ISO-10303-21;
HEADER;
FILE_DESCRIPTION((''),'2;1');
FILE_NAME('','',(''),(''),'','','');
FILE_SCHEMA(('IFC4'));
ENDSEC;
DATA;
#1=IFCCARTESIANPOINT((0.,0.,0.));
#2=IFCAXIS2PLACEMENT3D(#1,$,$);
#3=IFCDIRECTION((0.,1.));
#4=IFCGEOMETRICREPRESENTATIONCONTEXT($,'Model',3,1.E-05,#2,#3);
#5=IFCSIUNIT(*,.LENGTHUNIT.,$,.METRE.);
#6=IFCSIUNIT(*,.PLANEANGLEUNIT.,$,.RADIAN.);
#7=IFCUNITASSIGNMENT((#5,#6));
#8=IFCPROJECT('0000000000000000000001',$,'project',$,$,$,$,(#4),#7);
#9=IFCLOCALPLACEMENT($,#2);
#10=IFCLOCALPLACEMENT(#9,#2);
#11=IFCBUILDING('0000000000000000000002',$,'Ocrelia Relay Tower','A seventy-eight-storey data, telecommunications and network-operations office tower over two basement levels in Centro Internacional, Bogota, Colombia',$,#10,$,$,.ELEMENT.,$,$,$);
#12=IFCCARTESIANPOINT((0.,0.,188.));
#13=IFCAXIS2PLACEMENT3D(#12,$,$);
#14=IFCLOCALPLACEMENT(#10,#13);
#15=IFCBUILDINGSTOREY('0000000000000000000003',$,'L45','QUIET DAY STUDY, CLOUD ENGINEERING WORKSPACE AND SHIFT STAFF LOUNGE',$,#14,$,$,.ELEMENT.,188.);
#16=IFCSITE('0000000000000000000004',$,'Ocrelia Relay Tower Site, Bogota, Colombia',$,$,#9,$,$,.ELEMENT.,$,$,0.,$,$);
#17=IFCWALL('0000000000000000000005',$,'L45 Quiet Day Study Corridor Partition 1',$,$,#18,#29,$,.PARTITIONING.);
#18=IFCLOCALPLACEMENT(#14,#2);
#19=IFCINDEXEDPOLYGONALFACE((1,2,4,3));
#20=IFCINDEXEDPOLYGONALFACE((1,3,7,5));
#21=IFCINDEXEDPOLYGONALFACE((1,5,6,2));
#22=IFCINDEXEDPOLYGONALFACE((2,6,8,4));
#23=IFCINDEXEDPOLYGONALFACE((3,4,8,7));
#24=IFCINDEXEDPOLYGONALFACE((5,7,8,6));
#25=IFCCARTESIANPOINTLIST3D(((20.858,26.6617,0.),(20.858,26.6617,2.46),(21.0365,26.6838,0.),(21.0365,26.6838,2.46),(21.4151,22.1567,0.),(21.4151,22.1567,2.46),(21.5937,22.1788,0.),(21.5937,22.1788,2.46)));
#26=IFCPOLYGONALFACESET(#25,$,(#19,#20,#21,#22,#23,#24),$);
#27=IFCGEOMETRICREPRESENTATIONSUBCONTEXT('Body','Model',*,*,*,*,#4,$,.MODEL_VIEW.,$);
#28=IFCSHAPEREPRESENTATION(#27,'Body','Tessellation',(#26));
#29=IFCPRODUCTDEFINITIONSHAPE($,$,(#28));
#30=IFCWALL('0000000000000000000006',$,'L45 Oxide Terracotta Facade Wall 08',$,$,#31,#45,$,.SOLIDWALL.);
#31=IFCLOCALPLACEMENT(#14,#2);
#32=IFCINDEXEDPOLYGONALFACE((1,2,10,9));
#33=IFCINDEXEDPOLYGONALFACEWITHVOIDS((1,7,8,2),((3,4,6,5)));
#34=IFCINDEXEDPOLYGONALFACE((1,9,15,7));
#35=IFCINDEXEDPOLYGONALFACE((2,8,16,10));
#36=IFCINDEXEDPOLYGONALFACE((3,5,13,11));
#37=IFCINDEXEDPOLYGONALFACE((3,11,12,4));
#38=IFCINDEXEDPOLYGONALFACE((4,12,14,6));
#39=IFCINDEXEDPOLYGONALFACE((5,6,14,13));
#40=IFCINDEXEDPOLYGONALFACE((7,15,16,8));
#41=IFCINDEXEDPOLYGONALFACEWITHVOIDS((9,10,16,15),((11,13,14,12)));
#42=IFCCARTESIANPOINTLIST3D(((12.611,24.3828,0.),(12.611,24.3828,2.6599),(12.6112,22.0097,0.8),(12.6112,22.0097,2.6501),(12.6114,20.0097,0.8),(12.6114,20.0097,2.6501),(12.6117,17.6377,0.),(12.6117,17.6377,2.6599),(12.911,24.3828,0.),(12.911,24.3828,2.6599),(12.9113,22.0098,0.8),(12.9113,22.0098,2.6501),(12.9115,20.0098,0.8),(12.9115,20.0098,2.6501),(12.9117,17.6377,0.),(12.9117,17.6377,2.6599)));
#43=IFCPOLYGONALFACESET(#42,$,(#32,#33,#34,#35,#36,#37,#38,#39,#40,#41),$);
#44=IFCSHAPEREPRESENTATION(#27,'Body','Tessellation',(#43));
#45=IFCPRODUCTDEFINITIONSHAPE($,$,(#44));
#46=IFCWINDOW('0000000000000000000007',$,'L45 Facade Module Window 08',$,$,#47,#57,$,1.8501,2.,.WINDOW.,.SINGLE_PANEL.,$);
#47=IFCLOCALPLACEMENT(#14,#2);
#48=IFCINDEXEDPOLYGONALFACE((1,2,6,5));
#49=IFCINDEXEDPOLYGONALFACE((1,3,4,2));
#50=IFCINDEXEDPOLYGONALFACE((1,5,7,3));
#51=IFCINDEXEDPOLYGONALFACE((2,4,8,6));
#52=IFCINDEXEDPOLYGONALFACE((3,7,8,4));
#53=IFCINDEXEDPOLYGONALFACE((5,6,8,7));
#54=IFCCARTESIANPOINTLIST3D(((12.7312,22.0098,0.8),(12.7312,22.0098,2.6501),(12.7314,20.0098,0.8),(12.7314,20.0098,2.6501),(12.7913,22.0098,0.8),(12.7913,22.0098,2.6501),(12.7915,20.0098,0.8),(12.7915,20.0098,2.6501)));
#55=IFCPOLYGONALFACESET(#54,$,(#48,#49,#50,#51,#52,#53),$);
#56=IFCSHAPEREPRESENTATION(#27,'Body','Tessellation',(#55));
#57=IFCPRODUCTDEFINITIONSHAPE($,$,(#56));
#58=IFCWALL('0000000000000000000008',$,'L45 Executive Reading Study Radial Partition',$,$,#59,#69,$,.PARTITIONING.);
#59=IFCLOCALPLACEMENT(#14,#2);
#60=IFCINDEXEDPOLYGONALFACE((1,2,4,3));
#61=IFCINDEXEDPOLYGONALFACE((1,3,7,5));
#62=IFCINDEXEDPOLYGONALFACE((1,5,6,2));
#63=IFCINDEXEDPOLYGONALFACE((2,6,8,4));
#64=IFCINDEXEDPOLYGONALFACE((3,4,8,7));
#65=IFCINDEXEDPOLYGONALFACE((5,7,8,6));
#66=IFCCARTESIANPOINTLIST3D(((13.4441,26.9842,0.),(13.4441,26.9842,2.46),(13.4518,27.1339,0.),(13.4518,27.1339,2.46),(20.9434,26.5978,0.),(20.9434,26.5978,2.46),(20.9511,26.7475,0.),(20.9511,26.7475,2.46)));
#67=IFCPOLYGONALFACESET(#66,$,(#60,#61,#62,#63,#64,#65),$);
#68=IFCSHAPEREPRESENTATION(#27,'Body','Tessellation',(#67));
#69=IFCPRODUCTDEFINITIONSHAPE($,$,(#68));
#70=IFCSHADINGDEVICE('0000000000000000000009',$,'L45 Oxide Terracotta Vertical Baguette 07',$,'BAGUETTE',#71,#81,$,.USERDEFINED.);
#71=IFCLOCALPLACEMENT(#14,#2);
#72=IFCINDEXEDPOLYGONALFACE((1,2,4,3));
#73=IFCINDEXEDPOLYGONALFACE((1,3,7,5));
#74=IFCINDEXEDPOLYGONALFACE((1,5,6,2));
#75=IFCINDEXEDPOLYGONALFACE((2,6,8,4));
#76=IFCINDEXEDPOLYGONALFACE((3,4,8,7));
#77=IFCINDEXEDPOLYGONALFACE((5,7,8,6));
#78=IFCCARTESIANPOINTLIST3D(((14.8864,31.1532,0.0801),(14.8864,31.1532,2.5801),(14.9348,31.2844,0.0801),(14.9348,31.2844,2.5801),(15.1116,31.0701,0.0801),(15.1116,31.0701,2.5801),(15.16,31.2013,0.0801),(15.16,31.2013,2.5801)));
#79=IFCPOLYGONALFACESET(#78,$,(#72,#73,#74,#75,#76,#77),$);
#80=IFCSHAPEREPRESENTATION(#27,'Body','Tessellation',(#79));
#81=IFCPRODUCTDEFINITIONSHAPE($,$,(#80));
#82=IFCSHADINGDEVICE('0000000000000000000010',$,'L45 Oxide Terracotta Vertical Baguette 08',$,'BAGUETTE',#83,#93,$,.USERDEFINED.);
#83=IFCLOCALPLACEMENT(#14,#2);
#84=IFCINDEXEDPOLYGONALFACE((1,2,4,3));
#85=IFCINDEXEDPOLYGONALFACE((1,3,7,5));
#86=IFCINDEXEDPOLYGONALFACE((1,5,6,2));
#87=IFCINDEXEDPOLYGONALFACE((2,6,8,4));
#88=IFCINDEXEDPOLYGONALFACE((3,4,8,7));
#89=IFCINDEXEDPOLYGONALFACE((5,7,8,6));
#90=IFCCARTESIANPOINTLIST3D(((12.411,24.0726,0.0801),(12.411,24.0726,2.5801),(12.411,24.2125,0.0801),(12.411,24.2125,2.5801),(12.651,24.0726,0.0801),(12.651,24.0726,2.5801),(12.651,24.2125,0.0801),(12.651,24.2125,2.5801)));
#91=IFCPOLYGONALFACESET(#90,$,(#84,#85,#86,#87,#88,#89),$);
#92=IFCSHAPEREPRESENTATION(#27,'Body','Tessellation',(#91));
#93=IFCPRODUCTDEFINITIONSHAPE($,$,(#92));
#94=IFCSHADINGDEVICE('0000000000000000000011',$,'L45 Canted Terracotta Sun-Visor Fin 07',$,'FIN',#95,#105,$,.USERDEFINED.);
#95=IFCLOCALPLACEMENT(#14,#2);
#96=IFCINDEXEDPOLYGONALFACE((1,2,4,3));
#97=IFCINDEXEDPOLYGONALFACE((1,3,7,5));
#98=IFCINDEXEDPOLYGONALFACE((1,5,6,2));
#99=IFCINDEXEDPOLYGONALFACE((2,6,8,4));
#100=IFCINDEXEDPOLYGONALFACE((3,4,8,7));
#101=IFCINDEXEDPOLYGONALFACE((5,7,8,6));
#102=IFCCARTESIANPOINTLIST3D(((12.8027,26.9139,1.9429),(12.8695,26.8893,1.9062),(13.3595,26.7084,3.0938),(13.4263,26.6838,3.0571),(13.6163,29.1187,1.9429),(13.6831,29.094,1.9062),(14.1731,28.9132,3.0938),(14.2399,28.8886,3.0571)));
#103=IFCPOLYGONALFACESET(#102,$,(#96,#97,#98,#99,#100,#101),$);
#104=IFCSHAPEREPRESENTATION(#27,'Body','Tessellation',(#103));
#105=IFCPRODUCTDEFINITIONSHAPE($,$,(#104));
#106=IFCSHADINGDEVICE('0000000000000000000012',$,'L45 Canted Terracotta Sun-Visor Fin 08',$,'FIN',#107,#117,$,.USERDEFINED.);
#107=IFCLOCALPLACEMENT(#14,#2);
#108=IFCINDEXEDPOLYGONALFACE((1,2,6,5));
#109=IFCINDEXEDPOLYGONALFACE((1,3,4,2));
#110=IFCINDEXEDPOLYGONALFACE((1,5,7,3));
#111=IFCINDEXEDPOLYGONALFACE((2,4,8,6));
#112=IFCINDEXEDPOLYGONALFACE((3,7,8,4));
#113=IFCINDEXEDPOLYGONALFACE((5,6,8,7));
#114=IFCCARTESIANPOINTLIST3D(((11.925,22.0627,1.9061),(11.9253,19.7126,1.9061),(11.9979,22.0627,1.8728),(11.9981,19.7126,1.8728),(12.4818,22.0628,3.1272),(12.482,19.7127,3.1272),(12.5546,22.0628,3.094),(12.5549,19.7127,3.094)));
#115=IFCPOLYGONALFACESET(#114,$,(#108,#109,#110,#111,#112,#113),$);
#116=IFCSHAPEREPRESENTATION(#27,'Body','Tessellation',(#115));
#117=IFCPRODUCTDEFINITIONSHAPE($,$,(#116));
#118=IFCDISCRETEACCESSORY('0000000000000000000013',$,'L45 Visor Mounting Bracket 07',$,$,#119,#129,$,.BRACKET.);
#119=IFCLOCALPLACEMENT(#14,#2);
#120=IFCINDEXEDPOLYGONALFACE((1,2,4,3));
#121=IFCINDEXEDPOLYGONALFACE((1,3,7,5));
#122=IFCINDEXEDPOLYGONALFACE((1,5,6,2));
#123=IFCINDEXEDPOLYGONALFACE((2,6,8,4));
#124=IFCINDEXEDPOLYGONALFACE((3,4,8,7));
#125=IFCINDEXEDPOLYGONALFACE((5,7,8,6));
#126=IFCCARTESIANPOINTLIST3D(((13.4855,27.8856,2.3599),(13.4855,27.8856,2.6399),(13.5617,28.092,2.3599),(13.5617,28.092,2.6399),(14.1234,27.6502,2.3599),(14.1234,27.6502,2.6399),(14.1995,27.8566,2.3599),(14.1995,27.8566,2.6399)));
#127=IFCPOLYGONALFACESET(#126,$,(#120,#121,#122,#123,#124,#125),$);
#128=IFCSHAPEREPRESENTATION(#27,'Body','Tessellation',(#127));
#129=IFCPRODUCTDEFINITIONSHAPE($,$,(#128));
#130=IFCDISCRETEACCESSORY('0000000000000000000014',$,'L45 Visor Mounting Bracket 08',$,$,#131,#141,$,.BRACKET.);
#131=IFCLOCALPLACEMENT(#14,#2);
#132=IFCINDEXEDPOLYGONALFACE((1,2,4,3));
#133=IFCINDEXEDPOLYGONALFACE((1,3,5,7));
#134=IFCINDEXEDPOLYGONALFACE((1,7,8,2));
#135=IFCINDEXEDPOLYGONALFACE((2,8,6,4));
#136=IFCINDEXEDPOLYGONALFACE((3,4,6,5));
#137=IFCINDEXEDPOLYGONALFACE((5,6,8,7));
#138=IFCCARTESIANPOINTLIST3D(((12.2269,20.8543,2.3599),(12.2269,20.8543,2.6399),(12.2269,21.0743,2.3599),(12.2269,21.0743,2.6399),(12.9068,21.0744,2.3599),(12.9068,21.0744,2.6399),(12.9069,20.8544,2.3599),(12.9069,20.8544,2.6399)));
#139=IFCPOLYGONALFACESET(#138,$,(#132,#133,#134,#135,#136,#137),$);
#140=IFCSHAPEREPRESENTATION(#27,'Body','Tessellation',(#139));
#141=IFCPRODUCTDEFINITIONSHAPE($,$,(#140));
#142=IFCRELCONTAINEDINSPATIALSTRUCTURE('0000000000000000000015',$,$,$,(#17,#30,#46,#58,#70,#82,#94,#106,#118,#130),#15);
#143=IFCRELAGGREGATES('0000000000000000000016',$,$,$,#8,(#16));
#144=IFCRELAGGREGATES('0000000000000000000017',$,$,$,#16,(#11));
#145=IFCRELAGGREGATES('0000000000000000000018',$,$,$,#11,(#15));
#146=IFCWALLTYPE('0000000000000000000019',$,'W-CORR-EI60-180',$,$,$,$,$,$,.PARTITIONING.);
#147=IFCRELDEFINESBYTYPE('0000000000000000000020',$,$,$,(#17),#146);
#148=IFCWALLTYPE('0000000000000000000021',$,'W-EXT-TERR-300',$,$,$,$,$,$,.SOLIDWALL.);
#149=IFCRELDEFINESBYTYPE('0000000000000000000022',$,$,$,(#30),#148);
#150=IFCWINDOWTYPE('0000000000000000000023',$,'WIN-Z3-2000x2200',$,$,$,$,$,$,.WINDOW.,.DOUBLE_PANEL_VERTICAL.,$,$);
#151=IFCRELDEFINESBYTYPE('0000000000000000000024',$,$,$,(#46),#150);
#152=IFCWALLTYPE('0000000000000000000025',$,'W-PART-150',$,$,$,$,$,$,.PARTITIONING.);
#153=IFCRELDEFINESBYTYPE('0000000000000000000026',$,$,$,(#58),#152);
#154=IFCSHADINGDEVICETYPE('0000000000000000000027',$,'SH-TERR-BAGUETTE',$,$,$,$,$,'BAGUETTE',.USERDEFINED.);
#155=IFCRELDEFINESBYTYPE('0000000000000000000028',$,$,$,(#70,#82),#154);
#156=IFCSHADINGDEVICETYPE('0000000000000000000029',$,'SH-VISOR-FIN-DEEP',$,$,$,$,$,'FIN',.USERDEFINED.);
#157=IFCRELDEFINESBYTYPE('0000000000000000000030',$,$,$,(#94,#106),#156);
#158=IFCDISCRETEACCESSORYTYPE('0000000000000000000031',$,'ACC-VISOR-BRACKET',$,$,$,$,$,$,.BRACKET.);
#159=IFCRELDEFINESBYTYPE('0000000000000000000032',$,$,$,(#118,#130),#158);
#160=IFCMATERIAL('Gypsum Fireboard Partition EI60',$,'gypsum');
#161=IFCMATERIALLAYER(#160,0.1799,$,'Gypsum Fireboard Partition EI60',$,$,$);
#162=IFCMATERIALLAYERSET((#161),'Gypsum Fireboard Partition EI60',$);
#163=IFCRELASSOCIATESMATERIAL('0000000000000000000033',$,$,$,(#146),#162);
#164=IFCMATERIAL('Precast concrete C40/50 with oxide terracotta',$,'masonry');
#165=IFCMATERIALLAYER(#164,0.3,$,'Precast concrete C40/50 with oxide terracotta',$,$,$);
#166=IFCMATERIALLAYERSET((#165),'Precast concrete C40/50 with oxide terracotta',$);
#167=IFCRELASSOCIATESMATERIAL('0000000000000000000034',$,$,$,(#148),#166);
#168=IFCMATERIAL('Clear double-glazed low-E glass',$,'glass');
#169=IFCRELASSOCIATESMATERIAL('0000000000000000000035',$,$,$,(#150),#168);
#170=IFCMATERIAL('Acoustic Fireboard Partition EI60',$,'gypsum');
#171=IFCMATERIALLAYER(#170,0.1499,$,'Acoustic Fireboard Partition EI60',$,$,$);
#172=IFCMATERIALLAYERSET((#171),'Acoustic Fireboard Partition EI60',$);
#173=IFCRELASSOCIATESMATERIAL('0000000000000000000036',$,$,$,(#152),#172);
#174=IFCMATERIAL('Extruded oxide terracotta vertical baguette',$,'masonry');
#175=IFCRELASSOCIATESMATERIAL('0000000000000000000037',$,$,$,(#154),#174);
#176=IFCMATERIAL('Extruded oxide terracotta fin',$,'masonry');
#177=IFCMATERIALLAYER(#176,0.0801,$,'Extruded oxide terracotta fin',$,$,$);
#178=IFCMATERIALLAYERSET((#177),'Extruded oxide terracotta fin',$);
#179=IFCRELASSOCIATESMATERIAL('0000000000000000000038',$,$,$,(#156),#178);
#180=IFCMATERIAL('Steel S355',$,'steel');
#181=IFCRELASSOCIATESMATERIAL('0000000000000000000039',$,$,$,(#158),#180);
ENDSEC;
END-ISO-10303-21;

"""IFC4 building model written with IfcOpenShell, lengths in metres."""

from ifc_helpers import new_model, si_unit, direction, frame, frame_2d, origin, origin_2d, place, context, subcontext, project, spatial, rectangle, extrude, material, layer, layer_set, type_object, element, fill, save


model = new_model("IFC4")

# Units and contexts
model_context = context("Model", 3, precision=1e-05, world=origin(), true_north=direction((0.0, 1.0)))
body_context = subcontext(model_context, "Body", "Model", "MODEL_VIEW")
ifc_project = project(units=[si_unit("LENGTHUNIT", "METRE"), si_unit("PLANEANGLEUNIT", "RADIAN")], contexts=[model_context])

# Site, building, storey
site_placement = place(None, origin())
site = spatial("IfcSite", under=ifc_project, at=site_placement, Name="Ocrelia Relay Tower Site, Bogota, Colombia", CompositionType="ELEMENT", RefElevation=0.0)
building_placement = place(site_placement, origin())
building = spatial("IfcBuilding", under=site, at=building_placement, Name="Ocrelia Relay Tower", Description="A seventy-eight-storey data, telecommunications and network-operations office tower over two basement levels in Centro Internacional, Bogota, Colombia", CompositionType="ELEMENT")
storey_placement = place(building_placement, frame((0.0, 0.0, 188.0)))
storey = spatial("IfcBuildingStorey", under=building, at=storey_placement, Name="L45", Description="QUIET DAY STUDY, CLOUD ENGINEERING WORKSPACE AND SHIFT STAFF LOUNGE", CompositionType="ELEMENT", Elevation=188.0)

# Shared definitions
ifc_material_1 = material(Name="Steel S355", Category="steel")

# Wall
ifc_material_2 = material(Name="Gypsum Fireboard Partition EI60", Category="gypsum")
ifc_layer_1 = layer(ifc_material_2, 0.1799, Name="Gypsum Fireboard Partition EI60")
ifc_layer_set_1 = layer_set([ifc_layer_1], Name="Gypsum Fireboard Partition EI60")
wall_type_1 = type_object("IfcWallType", Name="W-CORR-EI60-180", PredefinedType="PARTITIONING", material=ifc_layer_set_1)
wall_1_placement = place(storey_placement, frame((20.9473, 26.6726, 0.0), z_axis=(0.0, 0.0, 1.0), x_axis=(0.122737, -0.992439, 0.0)))
element("IfcWall", 1, at=wall_1_placement, inside=storey, type_object=wall_type_1, Name="L45 Quiet Day Study Corridor Partition 1", PredefinedType="PARTITIONING", context=body_context, shape_type="SweptSolid", body=[
    extrude(rectangle(XDim=4.5393, YDim=0.1799, at=frame_2d((2.2695, 0.0))), origin(), (0.0, 0.0, 1.0), 2.46),
])

# Wall, opening, window
ifc_material_3 = material(Name="Precast concrete C40/50 with oxide terracotta", Category="masonry")
ifc_layer_2 = layer(ifc_material_3, 0.3, Name="Precast concrete C40/50 with oxide terracotta")
ifc_layer_set_2 = layer_set([ifc_layer_2], Name="Precast concrete C40/50 with oxide terracotta")
wall_type_2 = type_object("IfcWallType", Name="W-EXT-TERR-300", PredefinedType="SOLIDWALL", material=ifc_layer_set_2)
wall_2_placement = place(storey_placement, frame((12.761, 24.3828, 0.0), z_axis=(0.0, 0.0, 1.0), x_axis=(0.000109, -1.0, 0.0)))
wall_2 = element("IfcWall", 2, at=wall_2_placement, inside=storey, type_object=wall_type_2, Name="L45 Oxide Terracotta Facade Wall 08", PredefinedType="SOLIDWALL", context=body_context, shape_type="SweptSolid", body=[
    extrude(rectangle(XDim=6.7451, YDim=0.3, at=frame_2d((3.3726, 0.0))), origin(), (0.0, 0.0, 1.0), 2.6599),
])
opening_1_placement = place(wall_2_placement, frame((2.373, 0.0, 0.8)))
opening_1 = element("IfcOpeningElement", 3, at=opening_1_placement, cuts=wall_2, PredefinedType="OPENING", context=body_context, shape_type="SweptSolid", body=[
    extrude(rectangle(XDim=2.0, YDim=1.8501, at=frame_2d((1.0, 0.925))), frame((0.0, 0.1602, 0.0), z_axis=(0.0, -1.0, 0.0), x_axis=(1.0, 0.0, 0.0)), (0.0, 0.0, 1.0), 0.3201),
])
ifc_material_4 = material(Name="Clear double-glazed low-E glass", Category="glass")
window_type = type_object("IfcWindowType", Name="WIN-Z3-2000x2200", PartitioningType="DOUBLE_PANEL_VERTICAL", PredefinedType="WINDOW", material=ifc_material_4)
window_placement = place(opening_1_placement, origin())
window = element("IfcWindow", 4, at=window_placement, inside=storey, type_object=window_type, Name="L45 Facade Module Window 08", OverallHeight=1.8501, OverallWidth=2.0, PartitioningType="SINGLE_PANEL", PredefinedType="WINDOW", context=body_context, shape_type="SweptSolid", body=[
    extrude(rectangle(XDim=2.0, YDim=1.8501, at=frame_2d((1.0, 0.925))), frame((0.0, 0.03, 0.0), z_axis=(0.0, -1.0, 0.0), x_axis=(1.0, 0.0, 0.0)), (0.0, 0.0, 1.0), 0.0601),
])
fill(opening_1, window)

# Wall
ifc_material_5 = material(Name="Acoustic Fireboard Partition EI60", Category="gypsum")
ifc_layer_3 = layer(ifc_material_5, 0.1499, Name="Acoustic Fireboard Partition EI60")
ifc_layer_set_3 = layer_set([ifc_layer_3], Name="Acoustic Fireboard Partition EI60")
wall_type_3 = type_object("IfcWallType", Name="W-PART-150", PredefinedType="PARTITIONING", material=ifc_layer_set_3)
wall_3_placement = place(storey_placement, frame((20.9473, 26.6726, 0.0), z_axis=(0.0, 0.0, 1.0), x_axis=(-0.998675, 0.051467, 0.0)))
element("IfcWall", 5, at=wall_3_placement, inside=storey, type_object=wall_type_3, Name="L45 Executive Reading Study Radial Partition", PredefinedType="PARTITIONING", context=body_context, shape_type="SweptSolid", body=[
    extrude(rectangle(XDim=7.5093, YDim=0.1499, at=frame_2d((3.7546, 0.0))), origin(), (0.0, 0.0, 1.0), 2.46),
])

# Shading devices
ifc_material_6 = material(Name="Extruded oxide terracotta vertical baguette", Category="masonry")
shading_device_type_1 = type_object("IfcShadingDeviceType", Name="SH-TERR-BAGUETTE", ElementType="BAGUETTE", PredefinedType="USERDEFINED", material=ifc_material_6)
for number, where, z_axis, x_axis, name in (
    (6, (15.0232, 31.1772, 0.0801), (0.0, 0.0, 1.0), (-0.346196, -0.938162, 0.0), "L45 Oxide Terracotta Vertical Baguette 07"),
    (7, (12.531, 24.1426, 0.0801), (0.0, 0.0, 1.0), (0.000104, -1.0, 0.0), "L45 Oxide Terracotta Vertical Baguette 08"),
):
    element("IfcShadingDevice", number, at=place(storey_placement, frame(where, z_axis=z_axis, x_axis=x_axis)), inside=storey, type_object=shading_device_type_1, Name=name, ObjectType="BAGUETTE", PredefinedType="USERDEFINED", context=body_context, shape_type="SweptSolid", body=[
        extrude(rectangle(XDim=0.1399, YDim=0.24, at=origin_2d()), origin(), (0.0, 0.0, 1.0), 2.5),
    ])
ifc_material_7 = material(Name="Extruded oxide terracotta fin", Category="masonry")
ifc_layer_4 = layer(ifc_material_7, 0.0801, Name="Extruded oxide terracotta fin")
ifc_layer_set_4 = layer_set([ifc_layer_4], Name="Extruded oxide terracotta fin")
shading_device_type_2 = type_object("IfcShadingDeviceType", Name="SH-VISOR-FIN-DEEP", ElementType="FIN", PredefinedType="USERDEFINED", material=ifc_layer_set_4)
shading_device_1_placement = place(storey_placement, frame((13.5547, 27.8889, 2.4817), z_axis=(-0.833817, 0.307691, 0.458339), x_axis=(-0.346196, -0.938162, 0.0)))
element("IfcShadingDevice", 8, at=shading_device_1_placement, inside=storey, type_object=shading_device_type_2, Name="L45 Canted Terracotta Sun-Visor Fin 07", ObjectType="FIN", PredefinedType="USERDEFINED", context=body_context, shape_type="SweptSolid", body=[
    extrude(rectangle(XDim=2.3501, YDim=1.2949, at=origin_2d()), origin(), (0.0, 0.0, 1.0), 0.0801),
])
shading_device_2_placement = place(storey_placement, frame((12.2764, 20.8877, 2.4834), z_axis=(-0.909889, -0.000094, 0.414852), x_axis=(0.000104, -1.0, 0.0)))
element("IfcShadingDevice", 9, at=shading_device_2_placement, inside=storey, type_object=shading_device_type_2, Name="L45 Canted Terracotta Sun-Visor Fin 08", ObjectType="FIN", PredefinedType="USERDEFINED", context=body_context, shape_type="SweptSolid", body=[
    extrude(rectangle(XDim=2.3501, YDim=1.342, at=origin_2d()), origin(), (0.0, 0.0, 1.0), 0.0801),
])

# Discrete accessories
discrete_accessory_type = type_object("IfcDiscreteAccessoryType", Name="ACC-VISOR-BRACKET", PredefinedType="BRACKET", material=ifc_material_1)
for number, where, z_axis, x_axis, name in (
    (10, (13.8425, 27.8711, 2.3599), (0.0, 0.0, 1.0), (-0.346196, -0.938162, 0.0), "L45 Visor Mounting Bracket 07"),
    (11, (12.5669, 20.9644, 2.3599), (0.0, 0.0, 1.0), (0.000104, -1.0, 0.0), "L45 Visor Mounting Bracket 08"),
):
    element("IfcDiscreteAccessory", number, at=place(storey_placement, frame(where, z_axis=z_axis, x_axis=x_axis)), inside=storey, type_object=discrete_accessory_type, Name=name, PredefinedType="BRACKET", context=body_context, shape_type="SweptSolid", body=[
        extrude(rectangle(XDim=0.22, YDim=0.6799, at=origin_2d()), origin(), (0.0, 0.0, 1.0), 0.28),
    ])

save(model, "model.ifc")
